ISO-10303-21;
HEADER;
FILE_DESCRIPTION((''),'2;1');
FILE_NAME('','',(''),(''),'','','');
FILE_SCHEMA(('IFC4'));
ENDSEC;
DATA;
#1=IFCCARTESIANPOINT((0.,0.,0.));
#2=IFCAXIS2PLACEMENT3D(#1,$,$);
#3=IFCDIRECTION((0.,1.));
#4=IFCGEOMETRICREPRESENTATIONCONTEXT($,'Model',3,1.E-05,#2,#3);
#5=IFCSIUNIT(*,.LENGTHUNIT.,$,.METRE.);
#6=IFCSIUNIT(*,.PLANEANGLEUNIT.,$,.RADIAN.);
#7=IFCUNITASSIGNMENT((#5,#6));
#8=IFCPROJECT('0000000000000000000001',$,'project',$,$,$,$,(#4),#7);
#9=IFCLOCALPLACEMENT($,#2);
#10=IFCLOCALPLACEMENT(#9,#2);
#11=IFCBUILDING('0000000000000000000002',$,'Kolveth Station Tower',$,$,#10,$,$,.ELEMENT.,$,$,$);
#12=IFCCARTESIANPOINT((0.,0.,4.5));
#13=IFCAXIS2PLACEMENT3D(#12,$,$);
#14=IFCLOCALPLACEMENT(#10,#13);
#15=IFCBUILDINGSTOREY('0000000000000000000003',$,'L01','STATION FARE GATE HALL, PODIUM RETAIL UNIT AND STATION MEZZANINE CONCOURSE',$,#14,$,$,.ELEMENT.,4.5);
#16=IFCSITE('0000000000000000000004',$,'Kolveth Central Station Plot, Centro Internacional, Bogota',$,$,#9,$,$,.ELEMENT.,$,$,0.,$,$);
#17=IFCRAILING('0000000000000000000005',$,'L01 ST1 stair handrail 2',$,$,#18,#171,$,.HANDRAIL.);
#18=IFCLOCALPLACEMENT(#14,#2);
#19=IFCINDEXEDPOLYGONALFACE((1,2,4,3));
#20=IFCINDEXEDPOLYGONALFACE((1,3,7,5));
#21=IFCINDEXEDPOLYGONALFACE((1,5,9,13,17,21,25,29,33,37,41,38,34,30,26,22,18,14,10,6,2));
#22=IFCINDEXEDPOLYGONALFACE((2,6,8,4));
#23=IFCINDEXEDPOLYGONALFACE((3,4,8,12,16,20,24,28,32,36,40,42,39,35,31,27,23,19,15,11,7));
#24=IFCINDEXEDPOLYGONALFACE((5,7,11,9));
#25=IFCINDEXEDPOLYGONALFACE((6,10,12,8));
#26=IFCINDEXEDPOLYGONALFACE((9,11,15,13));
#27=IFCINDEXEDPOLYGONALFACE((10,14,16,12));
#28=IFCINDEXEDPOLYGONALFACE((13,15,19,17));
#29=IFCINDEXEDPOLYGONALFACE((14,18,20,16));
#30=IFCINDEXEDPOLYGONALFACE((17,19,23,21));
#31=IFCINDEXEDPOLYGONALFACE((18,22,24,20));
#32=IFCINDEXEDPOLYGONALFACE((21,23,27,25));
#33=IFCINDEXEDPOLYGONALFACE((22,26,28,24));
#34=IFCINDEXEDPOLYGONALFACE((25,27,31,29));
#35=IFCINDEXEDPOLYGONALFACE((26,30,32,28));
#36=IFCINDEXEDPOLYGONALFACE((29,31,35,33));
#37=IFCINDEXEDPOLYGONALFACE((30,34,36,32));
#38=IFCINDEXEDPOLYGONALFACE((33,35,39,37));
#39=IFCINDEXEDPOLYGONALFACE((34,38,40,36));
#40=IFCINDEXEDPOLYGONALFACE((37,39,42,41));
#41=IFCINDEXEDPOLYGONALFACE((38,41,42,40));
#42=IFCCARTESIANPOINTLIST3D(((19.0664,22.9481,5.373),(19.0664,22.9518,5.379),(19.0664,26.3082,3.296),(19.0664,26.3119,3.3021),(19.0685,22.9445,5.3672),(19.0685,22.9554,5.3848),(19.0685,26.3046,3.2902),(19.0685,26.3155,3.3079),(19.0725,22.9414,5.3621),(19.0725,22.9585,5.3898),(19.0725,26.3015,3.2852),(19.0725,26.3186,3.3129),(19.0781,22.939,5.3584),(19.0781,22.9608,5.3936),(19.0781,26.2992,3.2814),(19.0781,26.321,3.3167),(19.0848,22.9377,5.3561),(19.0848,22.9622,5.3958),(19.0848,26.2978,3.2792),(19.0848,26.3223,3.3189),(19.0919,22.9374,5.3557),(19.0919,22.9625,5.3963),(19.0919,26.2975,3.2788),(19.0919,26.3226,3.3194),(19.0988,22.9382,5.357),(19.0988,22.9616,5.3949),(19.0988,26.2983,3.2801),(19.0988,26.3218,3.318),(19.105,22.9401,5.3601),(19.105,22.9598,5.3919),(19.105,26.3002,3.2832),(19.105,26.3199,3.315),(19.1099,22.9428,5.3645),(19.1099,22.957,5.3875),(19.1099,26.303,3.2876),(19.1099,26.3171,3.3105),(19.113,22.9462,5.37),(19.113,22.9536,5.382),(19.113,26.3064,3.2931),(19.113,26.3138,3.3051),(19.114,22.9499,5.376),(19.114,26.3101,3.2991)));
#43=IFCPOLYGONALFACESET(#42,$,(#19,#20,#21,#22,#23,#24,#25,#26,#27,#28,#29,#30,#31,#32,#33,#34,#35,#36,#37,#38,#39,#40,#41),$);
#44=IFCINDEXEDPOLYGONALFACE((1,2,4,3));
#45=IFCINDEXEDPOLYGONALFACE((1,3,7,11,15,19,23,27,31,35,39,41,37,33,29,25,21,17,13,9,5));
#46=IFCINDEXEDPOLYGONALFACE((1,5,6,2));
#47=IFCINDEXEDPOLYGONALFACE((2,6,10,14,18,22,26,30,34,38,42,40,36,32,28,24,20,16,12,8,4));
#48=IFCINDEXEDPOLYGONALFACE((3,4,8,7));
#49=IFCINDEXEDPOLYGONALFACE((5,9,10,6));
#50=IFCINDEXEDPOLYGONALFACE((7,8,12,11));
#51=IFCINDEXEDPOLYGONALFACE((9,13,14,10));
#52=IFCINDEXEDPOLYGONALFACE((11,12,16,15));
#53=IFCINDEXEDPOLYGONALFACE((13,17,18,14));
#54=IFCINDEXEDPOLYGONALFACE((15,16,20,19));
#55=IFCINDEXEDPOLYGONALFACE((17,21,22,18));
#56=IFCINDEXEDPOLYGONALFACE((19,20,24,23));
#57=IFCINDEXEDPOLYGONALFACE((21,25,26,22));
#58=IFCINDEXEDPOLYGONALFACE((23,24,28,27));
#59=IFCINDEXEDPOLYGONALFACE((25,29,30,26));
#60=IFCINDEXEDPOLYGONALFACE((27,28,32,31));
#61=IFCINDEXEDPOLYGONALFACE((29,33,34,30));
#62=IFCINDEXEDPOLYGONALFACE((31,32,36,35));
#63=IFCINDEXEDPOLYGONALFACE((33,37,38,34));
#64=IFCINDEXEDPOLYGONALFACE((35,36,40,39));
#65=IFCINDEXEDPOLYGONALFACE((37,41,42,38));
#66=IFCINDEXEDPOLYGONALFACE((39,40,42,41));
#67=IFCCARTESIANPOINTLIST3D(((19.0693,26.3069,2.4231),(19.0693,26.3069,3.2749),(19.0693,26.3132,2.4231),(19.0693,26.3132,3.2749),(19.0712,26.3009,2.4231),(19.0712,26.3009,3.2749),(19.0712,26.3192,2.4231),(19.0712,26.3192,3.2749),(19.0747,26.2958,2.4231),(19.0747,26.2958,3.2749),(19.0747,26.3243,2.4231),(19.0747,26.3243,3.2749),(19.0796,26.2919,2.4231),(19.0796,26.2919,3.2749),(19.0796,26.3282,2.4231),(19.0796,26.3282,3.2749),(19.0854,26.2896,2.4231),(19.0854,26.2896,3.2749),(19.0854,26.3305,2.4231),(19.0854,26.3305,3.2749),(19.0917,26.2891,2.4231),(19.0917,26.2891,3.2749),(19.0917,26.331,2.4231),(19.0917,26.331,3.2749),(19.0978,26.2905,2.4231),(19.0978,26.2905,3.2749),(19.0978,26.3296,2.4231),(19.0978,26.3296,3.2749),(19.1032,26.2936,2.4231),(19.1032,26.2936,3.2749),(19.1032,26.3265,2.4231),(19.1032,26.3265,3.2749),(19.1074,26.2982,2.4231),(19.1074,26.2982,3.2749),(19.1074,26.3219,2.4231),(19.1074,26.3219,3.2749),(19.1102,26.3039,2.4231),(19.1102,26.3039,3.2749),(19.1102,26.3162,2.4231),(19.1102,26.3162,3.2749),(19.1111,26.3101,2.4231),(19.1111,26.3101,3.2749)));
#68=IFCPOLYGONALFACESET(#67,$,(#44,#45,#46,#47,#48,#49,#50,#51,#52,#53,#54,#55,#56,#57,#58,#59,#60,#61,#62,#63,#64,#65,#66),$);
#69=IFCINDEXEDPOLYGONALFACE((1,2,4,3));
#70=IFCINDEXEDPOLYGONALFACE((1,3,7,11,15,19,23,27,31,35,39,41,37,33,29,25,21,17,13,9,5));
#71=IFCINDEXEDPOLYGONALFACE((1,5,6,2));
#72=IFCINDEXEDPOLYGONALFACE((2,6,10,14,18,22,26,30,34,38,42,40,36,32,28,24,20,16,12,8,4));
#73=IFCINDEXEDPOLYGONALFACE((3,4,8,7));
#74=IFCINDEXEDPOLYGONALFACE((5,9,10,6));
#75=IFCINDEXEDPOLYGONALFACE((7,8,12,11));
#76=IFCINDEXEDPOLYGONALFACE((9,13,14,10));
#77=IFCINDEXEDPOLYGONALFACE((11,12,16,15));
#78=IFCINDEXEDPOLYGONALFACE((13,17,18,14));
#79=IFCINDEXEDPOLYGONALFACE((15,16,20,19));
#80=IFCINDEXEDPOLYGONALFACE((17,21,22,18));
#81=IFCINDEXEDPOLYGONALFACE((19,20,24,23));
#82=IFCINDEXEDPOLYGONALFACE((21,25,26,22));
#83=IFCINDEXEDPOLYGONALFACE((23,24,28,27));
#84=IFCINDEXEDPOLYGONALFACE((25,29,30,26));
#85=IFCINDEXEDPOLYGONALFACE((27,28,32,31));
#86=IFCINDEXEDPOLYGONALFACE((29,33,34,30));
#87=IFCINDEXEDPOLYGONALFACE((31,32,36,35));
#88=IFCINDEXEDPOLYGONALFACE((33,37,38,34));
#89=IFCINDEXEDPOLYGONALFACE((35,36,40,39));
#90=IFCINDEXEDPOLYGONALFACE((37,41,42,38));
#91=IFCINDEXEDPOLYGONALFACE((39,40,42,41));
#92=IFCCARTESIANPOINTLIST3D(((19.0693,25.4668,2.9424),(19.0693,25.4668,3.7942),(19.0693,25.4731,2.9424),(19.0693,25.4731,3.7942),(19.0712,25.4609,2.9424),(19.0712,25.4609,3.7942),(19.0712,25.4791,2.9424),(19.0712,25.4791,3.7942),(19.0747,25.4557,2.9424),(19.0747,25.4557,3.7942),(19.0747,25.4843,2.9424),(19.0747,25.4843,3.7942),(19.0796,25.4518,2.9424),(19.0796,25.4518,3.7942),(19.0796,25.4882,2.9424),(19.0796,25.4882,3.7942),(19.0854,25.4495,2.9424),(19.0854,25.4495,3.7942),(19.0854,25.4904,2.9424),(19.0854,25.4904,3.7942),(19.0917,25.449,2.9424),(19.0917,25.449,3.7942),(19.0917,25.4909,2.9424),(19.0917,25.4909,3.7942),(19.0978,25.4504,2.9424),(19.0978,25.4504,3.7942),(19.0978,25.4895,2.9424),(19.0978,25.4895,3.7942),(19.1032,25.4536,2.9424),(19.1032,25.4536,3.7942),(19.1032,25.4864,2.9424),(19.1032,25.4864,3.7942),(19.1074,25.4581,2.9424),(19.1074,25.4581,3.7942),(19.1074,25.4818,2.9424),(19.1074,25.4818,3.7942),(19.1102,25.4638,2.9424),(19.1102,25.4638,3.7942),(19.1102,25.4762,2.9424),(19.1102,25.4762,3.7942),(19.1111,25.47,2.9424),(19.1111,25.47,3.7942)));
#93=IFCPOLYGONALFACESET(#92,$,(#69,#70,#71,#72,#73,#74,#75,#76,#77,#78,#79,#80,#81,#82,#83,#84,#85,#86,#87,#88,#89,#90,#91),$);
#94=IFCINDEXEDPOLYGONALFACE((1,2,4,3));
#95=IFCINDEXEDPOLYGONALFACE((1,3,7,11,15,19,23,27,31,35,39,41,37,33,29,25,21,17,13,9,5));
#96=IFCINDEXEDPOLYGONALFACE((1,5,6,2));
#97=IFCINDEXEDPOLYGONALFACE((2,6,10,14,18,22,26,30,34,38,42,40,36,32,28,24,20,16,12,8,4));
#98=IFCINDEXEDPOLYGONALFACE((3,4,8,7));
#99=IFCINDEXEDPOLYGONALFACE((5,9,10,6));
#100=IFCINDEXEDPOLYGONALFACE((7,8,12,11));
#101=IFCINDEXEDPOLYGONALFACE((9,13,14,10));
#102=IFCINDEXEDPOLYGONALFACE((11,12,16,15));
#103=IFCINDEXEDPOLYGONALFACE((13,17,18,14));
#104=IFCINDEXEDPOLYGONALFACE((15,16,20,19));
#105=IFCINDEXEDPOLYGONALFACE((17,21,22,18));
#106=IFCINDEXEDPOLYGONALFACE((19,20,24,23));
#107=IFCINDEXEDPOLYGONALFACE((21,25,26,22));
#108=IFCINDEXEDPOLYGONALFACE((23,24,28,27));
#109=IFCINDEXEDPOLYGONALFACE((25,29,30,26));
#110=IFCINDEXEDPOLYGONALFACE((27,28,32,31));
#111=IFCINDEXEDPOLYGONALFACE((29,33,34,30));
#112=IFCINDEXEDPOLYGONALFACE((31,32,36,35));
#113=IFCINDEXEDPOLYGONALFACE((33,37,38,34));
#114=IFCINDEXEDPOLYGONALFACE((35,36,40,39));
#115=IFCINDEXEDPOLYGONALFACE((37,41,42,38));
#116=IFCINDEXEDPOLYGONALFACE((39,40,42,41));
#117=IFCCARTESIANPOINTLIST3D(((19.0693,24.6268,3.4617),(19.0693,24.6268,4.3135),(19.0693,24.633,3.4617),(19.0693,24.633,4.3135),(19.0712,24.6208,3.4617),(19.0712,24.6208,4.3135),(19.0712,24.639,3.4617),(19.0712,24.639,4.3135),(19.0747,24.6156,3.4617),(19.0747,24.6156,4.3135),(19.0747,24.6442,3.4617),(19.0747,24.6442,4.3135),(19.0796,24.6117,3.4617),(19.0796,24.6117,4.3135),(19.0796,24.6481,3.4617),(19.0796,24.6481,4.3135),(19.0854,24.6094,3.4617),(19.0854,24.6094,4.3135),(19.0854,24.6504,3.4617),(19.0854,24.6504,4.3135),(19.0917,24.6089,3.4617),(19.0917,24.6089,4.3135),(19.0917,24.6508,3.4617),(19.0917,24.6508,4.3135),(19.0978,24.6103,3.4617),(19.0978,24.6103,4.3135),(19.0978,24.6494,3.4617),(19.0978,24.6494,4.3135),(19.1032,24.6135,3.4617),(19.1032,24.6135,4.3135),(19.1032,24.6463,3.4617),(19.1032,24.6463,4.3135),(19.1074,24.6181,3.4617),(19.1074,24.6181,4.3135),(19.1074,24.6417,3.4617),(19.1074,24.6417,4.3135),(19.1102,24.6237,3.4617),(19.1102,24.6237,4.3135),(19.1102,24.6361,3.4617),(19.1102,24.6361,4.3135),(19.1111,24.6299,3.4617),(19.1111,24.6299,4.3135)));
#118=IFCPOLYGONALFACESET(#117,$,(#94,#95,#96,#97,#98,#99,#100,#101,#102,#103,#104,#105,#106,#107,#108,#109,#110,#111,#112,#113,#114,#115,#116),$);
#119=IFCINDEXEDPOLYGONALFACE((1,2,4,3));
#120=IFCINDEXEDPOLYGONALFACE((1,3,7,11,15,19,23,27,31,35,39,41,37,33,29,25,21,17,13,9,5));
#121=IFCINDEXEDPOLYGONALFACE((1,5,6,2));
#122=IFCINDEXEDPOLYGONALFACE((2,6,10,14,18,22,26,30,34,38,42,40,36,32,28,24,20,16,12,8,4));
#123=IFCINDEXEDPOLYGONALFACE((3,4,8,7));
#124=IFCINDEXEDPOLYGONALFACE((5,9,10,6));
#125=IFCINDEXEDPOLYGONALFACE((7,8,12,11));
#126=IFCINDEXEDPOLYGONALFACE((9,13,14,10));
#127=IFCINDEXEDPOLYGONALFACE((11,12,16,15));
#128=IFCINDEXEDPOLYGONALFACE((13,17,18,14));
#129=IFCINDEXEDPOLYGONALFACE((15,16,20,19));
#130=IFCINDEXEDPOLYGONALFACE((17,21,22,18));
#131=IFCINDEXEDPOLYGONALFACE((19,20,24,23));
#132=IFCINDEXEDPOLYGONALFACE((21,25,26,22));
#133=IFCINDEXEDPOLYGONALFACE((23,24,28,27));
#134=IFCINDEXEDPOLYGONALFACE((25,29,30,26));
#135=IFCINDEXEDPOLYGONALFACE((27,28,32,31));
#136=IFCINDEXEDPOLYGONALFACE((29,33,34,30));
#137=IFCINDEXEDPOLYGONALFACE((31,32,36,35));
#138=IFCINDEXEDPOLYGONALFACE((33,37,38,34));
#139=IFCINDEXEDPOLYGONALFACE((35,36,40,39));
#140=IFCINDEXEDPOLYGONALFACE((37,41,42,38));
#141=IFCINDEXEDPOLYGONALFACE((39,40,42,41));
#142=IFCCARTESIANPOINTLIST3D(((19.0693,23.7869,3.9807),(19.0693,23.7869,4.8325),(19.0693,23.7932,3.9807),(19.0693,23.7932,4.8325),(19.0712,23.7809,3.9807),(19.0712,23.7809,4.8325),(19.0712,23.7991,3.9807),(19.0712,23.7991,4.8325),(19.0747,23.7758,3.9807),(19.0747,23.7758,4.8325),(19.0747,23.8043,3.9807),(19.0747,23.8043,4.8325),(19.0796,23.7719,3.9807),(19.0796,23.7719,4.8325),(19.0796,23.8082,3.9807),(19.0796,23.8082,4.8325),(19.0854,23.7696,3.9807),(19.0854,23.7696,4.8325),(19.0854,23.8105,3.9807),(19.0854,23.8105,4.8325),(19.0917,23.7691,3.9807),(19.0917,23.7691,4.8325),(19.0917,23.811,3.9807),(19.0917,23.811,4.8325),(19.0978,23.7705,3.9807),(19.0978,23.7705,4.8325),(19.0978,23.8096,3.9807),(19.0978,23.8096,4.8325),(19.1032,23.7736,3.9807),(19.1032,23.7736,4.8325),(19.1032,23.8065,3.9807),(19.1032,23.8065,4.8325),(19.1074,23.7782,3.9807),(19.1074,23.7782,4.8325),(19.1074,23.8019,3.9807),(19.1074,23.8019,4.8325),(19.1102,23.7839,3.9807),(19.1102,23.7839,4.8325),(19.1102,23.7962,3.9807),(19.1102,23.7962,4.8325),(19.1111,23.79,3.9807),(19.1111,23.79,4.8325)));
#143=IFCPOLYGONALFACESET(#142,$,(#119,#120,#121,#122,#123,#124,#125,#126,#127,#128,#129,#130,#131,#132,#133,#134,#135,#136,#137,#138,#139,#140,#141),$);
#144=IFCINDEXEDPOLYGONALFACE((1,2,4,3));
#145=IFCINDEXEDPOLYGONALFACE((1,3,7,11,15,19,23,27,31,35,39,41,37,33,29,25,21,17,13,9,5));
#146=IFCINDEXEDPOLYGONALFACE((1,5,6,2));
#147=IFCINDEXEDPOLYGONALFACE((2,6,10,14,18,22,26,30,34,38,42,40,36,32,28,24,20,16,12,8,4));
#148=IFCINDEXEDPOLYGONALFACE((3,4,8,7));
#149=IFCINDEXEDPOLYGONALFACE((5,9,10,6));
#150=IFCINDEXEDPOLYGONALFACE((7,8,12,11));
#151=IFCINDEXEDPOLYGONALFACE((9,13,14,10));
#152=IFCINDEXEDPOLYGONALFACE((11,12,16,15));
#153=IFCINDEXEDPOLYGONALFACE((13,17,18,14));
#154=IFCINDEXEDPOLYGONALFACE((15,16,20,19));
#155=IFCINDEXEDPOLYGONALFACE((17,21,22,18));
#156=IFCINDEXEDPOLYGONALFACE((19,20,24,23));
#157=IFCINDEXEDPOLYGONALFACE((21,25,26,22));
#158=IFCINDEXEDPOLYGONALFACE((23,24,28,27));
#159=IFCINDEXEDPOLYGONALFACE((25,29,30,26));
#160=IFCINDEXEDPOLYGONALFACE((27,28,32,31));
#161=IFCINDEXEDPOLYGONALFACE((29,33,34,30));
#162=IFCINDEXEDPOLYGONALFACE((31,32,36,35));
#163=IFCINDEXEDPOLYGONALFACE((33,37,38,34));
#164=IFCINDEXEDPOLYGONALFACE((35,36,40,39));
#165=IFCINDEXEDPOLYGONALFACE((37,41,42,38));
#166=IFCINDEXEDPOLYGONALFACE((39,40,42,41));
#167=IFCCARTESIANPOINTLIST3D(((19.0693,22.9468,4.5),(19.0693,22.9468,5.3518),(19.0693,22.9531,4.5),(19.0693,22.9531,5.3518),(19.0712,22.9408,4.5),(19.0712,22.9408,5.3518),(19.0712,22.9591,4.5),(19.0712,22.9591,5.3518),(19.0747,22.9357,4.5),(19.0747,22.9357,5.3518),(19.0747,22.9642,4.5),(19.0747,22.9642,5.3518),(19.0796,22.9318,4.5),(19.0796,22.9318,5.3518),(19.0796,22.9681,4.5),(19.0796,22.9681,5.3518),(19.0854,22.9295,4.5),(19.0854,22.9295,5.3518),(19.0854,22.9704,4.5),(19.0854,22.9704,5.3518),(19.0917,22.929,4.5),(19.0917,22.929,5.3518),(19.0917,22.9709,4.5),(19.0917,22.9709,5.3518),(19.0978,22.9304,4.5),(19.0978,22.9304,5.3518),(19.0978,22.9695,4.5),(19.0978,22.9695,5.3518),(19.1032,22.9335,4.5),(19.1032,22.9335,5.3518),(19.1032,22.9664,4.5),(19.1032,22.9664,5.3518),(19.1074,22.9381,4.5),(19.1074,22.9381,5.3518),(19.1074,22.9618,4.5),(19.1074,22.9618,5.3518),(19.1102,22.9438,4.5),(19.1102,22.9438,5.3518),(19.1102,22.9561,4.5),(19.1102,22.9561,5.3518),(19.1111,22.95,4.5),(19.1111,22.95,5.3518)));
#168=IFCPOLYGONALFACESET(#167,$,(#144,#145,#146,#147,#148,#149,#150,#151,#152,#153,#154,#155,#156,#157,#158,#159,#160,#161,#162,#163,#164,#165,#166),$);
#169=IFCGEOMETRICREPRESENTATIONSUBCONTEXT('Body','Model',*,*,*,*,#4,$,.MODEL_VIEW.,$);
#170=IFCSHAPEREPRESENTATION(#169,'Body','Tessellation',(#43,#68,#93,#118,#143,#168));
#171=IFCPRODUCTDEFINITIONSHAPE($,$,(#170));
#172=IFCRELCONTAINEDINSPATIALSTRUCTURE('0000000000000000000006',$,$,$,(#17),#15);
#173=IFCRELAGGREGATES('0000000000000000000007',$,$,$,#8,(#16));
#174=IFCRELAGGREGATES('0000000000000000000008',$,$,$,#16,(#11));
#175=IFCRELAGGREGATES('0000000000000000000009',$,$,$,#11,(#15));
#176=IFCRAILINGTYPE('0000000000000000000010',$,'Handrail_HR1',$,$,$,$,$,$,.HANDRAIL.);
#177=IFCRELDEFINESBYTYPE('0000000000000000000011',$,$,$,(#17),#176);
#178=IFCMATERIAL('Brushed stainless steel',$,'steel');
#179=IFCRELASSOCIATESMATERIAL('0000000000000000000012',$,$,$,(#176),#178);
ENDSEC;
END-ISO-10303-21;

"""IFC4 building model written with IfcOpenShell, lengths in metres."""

from ifc_helpers import new_model, si_unit, direction, frame, origin, origin_2d, place, context, subcontext, project, spatial, circle, extrude, material, type_object, element, save


model = new_model("IFC4")

# Units and contexts
model_context = context("Model", 3, precision=1e-05, world=origin(), true_north=direction((0.0, 1.0)))
body_context = subcontext(model_context, "Body", "Model", "MODEL_VIEW")
ifc_project = project(units=[si_unit("LENGTHUNIT", "METRE"), si_unit("PLANEANGLEUNIT", "RADIAN")], contexts=[model_context])

# Site, building, storey
site_placement = place(None, origin())
site = spatial("IfcSite", under=ifc_project, at=site_placement, Name="Kolveth Central Station Plot, Centro Internacional, Bogota", CompositionType="ELEMENT", RefElevation=0.0)
building_placement = place(site_placement, origin())
building = spatial("IfcBuilding", under=site, at=building_placement, Name="Kolveth Station Tower", CompositionType="ELEMENT")
storey_placement = place(building_placement, frame((0.0, 0.0, 4.5)))
storey = spatial("IfcBuildingStorey", under=building, at=storey_placement, Name="L01", Description="STATION FARE GATE HALL, PODIUM RETAIL UNIT AND STATION MEZZANINE CONCOURSE", CompositionType="ELEMENT", Elevation=4.5)

# Railing
ifc_material_1 = material(Name="Brushed stainless steel", Category="steel")
railing_type_1 = type_object("IfcRailingType", Name="Handrail_HR1", PredefinedType="HANDRAIL", material=ifc_material_1)
railing_1_placement = place(storey_placement, frame((19.0901, 26.3101, 2.4231)))
element("IfcRailing", 1, at=railing_1_placement, inside=storey, type_object=railing_type_1, Name="L01 ST1 stair handrail 2", PredefinedType="HANDRAIL", context=body_context, shape_type="SweptSolid", body=[
    extrude(circle(Radius=0.0239, at=origin_2d()), frame((0.0, 0.0, 0.876), z_axis=(0.0, -0.850623, 0.525776), x_axis=(1.0, 0.0, 0.0)), (0.0, 0.0, 1.0), 3.9502),
    extrude(circle(Radius=0.021, at=origin_2d()), origin(), (0.0, 0.0, 1.0), 0.8518),
    extrude(circle(Radius=0.021, at=origin_2d()), frame((0.0, -0.8401, 0.5193)), (0.0, 0.0, 1.0), 0.8518),
    extrude(circle(Radius=0.021, at=origin_2d()), frame((0.0, -1.6802, 1.0386)), (0.0, 0.0, 1.0), 0.8518),
    extrude(circle(Radius=0.021, at=origin_2d()), frame((0.0, -2.52, 1.5576)), (0.0, 0.0, 1.0), 0.8518),
    extrude(circle(Radius=0.021, at=origin_2d()), frame((0.0, -3.3601, 2.0769)), (0.0, 0.0, 1.0), 0.8518),
])

save(model, "model.ifc")
